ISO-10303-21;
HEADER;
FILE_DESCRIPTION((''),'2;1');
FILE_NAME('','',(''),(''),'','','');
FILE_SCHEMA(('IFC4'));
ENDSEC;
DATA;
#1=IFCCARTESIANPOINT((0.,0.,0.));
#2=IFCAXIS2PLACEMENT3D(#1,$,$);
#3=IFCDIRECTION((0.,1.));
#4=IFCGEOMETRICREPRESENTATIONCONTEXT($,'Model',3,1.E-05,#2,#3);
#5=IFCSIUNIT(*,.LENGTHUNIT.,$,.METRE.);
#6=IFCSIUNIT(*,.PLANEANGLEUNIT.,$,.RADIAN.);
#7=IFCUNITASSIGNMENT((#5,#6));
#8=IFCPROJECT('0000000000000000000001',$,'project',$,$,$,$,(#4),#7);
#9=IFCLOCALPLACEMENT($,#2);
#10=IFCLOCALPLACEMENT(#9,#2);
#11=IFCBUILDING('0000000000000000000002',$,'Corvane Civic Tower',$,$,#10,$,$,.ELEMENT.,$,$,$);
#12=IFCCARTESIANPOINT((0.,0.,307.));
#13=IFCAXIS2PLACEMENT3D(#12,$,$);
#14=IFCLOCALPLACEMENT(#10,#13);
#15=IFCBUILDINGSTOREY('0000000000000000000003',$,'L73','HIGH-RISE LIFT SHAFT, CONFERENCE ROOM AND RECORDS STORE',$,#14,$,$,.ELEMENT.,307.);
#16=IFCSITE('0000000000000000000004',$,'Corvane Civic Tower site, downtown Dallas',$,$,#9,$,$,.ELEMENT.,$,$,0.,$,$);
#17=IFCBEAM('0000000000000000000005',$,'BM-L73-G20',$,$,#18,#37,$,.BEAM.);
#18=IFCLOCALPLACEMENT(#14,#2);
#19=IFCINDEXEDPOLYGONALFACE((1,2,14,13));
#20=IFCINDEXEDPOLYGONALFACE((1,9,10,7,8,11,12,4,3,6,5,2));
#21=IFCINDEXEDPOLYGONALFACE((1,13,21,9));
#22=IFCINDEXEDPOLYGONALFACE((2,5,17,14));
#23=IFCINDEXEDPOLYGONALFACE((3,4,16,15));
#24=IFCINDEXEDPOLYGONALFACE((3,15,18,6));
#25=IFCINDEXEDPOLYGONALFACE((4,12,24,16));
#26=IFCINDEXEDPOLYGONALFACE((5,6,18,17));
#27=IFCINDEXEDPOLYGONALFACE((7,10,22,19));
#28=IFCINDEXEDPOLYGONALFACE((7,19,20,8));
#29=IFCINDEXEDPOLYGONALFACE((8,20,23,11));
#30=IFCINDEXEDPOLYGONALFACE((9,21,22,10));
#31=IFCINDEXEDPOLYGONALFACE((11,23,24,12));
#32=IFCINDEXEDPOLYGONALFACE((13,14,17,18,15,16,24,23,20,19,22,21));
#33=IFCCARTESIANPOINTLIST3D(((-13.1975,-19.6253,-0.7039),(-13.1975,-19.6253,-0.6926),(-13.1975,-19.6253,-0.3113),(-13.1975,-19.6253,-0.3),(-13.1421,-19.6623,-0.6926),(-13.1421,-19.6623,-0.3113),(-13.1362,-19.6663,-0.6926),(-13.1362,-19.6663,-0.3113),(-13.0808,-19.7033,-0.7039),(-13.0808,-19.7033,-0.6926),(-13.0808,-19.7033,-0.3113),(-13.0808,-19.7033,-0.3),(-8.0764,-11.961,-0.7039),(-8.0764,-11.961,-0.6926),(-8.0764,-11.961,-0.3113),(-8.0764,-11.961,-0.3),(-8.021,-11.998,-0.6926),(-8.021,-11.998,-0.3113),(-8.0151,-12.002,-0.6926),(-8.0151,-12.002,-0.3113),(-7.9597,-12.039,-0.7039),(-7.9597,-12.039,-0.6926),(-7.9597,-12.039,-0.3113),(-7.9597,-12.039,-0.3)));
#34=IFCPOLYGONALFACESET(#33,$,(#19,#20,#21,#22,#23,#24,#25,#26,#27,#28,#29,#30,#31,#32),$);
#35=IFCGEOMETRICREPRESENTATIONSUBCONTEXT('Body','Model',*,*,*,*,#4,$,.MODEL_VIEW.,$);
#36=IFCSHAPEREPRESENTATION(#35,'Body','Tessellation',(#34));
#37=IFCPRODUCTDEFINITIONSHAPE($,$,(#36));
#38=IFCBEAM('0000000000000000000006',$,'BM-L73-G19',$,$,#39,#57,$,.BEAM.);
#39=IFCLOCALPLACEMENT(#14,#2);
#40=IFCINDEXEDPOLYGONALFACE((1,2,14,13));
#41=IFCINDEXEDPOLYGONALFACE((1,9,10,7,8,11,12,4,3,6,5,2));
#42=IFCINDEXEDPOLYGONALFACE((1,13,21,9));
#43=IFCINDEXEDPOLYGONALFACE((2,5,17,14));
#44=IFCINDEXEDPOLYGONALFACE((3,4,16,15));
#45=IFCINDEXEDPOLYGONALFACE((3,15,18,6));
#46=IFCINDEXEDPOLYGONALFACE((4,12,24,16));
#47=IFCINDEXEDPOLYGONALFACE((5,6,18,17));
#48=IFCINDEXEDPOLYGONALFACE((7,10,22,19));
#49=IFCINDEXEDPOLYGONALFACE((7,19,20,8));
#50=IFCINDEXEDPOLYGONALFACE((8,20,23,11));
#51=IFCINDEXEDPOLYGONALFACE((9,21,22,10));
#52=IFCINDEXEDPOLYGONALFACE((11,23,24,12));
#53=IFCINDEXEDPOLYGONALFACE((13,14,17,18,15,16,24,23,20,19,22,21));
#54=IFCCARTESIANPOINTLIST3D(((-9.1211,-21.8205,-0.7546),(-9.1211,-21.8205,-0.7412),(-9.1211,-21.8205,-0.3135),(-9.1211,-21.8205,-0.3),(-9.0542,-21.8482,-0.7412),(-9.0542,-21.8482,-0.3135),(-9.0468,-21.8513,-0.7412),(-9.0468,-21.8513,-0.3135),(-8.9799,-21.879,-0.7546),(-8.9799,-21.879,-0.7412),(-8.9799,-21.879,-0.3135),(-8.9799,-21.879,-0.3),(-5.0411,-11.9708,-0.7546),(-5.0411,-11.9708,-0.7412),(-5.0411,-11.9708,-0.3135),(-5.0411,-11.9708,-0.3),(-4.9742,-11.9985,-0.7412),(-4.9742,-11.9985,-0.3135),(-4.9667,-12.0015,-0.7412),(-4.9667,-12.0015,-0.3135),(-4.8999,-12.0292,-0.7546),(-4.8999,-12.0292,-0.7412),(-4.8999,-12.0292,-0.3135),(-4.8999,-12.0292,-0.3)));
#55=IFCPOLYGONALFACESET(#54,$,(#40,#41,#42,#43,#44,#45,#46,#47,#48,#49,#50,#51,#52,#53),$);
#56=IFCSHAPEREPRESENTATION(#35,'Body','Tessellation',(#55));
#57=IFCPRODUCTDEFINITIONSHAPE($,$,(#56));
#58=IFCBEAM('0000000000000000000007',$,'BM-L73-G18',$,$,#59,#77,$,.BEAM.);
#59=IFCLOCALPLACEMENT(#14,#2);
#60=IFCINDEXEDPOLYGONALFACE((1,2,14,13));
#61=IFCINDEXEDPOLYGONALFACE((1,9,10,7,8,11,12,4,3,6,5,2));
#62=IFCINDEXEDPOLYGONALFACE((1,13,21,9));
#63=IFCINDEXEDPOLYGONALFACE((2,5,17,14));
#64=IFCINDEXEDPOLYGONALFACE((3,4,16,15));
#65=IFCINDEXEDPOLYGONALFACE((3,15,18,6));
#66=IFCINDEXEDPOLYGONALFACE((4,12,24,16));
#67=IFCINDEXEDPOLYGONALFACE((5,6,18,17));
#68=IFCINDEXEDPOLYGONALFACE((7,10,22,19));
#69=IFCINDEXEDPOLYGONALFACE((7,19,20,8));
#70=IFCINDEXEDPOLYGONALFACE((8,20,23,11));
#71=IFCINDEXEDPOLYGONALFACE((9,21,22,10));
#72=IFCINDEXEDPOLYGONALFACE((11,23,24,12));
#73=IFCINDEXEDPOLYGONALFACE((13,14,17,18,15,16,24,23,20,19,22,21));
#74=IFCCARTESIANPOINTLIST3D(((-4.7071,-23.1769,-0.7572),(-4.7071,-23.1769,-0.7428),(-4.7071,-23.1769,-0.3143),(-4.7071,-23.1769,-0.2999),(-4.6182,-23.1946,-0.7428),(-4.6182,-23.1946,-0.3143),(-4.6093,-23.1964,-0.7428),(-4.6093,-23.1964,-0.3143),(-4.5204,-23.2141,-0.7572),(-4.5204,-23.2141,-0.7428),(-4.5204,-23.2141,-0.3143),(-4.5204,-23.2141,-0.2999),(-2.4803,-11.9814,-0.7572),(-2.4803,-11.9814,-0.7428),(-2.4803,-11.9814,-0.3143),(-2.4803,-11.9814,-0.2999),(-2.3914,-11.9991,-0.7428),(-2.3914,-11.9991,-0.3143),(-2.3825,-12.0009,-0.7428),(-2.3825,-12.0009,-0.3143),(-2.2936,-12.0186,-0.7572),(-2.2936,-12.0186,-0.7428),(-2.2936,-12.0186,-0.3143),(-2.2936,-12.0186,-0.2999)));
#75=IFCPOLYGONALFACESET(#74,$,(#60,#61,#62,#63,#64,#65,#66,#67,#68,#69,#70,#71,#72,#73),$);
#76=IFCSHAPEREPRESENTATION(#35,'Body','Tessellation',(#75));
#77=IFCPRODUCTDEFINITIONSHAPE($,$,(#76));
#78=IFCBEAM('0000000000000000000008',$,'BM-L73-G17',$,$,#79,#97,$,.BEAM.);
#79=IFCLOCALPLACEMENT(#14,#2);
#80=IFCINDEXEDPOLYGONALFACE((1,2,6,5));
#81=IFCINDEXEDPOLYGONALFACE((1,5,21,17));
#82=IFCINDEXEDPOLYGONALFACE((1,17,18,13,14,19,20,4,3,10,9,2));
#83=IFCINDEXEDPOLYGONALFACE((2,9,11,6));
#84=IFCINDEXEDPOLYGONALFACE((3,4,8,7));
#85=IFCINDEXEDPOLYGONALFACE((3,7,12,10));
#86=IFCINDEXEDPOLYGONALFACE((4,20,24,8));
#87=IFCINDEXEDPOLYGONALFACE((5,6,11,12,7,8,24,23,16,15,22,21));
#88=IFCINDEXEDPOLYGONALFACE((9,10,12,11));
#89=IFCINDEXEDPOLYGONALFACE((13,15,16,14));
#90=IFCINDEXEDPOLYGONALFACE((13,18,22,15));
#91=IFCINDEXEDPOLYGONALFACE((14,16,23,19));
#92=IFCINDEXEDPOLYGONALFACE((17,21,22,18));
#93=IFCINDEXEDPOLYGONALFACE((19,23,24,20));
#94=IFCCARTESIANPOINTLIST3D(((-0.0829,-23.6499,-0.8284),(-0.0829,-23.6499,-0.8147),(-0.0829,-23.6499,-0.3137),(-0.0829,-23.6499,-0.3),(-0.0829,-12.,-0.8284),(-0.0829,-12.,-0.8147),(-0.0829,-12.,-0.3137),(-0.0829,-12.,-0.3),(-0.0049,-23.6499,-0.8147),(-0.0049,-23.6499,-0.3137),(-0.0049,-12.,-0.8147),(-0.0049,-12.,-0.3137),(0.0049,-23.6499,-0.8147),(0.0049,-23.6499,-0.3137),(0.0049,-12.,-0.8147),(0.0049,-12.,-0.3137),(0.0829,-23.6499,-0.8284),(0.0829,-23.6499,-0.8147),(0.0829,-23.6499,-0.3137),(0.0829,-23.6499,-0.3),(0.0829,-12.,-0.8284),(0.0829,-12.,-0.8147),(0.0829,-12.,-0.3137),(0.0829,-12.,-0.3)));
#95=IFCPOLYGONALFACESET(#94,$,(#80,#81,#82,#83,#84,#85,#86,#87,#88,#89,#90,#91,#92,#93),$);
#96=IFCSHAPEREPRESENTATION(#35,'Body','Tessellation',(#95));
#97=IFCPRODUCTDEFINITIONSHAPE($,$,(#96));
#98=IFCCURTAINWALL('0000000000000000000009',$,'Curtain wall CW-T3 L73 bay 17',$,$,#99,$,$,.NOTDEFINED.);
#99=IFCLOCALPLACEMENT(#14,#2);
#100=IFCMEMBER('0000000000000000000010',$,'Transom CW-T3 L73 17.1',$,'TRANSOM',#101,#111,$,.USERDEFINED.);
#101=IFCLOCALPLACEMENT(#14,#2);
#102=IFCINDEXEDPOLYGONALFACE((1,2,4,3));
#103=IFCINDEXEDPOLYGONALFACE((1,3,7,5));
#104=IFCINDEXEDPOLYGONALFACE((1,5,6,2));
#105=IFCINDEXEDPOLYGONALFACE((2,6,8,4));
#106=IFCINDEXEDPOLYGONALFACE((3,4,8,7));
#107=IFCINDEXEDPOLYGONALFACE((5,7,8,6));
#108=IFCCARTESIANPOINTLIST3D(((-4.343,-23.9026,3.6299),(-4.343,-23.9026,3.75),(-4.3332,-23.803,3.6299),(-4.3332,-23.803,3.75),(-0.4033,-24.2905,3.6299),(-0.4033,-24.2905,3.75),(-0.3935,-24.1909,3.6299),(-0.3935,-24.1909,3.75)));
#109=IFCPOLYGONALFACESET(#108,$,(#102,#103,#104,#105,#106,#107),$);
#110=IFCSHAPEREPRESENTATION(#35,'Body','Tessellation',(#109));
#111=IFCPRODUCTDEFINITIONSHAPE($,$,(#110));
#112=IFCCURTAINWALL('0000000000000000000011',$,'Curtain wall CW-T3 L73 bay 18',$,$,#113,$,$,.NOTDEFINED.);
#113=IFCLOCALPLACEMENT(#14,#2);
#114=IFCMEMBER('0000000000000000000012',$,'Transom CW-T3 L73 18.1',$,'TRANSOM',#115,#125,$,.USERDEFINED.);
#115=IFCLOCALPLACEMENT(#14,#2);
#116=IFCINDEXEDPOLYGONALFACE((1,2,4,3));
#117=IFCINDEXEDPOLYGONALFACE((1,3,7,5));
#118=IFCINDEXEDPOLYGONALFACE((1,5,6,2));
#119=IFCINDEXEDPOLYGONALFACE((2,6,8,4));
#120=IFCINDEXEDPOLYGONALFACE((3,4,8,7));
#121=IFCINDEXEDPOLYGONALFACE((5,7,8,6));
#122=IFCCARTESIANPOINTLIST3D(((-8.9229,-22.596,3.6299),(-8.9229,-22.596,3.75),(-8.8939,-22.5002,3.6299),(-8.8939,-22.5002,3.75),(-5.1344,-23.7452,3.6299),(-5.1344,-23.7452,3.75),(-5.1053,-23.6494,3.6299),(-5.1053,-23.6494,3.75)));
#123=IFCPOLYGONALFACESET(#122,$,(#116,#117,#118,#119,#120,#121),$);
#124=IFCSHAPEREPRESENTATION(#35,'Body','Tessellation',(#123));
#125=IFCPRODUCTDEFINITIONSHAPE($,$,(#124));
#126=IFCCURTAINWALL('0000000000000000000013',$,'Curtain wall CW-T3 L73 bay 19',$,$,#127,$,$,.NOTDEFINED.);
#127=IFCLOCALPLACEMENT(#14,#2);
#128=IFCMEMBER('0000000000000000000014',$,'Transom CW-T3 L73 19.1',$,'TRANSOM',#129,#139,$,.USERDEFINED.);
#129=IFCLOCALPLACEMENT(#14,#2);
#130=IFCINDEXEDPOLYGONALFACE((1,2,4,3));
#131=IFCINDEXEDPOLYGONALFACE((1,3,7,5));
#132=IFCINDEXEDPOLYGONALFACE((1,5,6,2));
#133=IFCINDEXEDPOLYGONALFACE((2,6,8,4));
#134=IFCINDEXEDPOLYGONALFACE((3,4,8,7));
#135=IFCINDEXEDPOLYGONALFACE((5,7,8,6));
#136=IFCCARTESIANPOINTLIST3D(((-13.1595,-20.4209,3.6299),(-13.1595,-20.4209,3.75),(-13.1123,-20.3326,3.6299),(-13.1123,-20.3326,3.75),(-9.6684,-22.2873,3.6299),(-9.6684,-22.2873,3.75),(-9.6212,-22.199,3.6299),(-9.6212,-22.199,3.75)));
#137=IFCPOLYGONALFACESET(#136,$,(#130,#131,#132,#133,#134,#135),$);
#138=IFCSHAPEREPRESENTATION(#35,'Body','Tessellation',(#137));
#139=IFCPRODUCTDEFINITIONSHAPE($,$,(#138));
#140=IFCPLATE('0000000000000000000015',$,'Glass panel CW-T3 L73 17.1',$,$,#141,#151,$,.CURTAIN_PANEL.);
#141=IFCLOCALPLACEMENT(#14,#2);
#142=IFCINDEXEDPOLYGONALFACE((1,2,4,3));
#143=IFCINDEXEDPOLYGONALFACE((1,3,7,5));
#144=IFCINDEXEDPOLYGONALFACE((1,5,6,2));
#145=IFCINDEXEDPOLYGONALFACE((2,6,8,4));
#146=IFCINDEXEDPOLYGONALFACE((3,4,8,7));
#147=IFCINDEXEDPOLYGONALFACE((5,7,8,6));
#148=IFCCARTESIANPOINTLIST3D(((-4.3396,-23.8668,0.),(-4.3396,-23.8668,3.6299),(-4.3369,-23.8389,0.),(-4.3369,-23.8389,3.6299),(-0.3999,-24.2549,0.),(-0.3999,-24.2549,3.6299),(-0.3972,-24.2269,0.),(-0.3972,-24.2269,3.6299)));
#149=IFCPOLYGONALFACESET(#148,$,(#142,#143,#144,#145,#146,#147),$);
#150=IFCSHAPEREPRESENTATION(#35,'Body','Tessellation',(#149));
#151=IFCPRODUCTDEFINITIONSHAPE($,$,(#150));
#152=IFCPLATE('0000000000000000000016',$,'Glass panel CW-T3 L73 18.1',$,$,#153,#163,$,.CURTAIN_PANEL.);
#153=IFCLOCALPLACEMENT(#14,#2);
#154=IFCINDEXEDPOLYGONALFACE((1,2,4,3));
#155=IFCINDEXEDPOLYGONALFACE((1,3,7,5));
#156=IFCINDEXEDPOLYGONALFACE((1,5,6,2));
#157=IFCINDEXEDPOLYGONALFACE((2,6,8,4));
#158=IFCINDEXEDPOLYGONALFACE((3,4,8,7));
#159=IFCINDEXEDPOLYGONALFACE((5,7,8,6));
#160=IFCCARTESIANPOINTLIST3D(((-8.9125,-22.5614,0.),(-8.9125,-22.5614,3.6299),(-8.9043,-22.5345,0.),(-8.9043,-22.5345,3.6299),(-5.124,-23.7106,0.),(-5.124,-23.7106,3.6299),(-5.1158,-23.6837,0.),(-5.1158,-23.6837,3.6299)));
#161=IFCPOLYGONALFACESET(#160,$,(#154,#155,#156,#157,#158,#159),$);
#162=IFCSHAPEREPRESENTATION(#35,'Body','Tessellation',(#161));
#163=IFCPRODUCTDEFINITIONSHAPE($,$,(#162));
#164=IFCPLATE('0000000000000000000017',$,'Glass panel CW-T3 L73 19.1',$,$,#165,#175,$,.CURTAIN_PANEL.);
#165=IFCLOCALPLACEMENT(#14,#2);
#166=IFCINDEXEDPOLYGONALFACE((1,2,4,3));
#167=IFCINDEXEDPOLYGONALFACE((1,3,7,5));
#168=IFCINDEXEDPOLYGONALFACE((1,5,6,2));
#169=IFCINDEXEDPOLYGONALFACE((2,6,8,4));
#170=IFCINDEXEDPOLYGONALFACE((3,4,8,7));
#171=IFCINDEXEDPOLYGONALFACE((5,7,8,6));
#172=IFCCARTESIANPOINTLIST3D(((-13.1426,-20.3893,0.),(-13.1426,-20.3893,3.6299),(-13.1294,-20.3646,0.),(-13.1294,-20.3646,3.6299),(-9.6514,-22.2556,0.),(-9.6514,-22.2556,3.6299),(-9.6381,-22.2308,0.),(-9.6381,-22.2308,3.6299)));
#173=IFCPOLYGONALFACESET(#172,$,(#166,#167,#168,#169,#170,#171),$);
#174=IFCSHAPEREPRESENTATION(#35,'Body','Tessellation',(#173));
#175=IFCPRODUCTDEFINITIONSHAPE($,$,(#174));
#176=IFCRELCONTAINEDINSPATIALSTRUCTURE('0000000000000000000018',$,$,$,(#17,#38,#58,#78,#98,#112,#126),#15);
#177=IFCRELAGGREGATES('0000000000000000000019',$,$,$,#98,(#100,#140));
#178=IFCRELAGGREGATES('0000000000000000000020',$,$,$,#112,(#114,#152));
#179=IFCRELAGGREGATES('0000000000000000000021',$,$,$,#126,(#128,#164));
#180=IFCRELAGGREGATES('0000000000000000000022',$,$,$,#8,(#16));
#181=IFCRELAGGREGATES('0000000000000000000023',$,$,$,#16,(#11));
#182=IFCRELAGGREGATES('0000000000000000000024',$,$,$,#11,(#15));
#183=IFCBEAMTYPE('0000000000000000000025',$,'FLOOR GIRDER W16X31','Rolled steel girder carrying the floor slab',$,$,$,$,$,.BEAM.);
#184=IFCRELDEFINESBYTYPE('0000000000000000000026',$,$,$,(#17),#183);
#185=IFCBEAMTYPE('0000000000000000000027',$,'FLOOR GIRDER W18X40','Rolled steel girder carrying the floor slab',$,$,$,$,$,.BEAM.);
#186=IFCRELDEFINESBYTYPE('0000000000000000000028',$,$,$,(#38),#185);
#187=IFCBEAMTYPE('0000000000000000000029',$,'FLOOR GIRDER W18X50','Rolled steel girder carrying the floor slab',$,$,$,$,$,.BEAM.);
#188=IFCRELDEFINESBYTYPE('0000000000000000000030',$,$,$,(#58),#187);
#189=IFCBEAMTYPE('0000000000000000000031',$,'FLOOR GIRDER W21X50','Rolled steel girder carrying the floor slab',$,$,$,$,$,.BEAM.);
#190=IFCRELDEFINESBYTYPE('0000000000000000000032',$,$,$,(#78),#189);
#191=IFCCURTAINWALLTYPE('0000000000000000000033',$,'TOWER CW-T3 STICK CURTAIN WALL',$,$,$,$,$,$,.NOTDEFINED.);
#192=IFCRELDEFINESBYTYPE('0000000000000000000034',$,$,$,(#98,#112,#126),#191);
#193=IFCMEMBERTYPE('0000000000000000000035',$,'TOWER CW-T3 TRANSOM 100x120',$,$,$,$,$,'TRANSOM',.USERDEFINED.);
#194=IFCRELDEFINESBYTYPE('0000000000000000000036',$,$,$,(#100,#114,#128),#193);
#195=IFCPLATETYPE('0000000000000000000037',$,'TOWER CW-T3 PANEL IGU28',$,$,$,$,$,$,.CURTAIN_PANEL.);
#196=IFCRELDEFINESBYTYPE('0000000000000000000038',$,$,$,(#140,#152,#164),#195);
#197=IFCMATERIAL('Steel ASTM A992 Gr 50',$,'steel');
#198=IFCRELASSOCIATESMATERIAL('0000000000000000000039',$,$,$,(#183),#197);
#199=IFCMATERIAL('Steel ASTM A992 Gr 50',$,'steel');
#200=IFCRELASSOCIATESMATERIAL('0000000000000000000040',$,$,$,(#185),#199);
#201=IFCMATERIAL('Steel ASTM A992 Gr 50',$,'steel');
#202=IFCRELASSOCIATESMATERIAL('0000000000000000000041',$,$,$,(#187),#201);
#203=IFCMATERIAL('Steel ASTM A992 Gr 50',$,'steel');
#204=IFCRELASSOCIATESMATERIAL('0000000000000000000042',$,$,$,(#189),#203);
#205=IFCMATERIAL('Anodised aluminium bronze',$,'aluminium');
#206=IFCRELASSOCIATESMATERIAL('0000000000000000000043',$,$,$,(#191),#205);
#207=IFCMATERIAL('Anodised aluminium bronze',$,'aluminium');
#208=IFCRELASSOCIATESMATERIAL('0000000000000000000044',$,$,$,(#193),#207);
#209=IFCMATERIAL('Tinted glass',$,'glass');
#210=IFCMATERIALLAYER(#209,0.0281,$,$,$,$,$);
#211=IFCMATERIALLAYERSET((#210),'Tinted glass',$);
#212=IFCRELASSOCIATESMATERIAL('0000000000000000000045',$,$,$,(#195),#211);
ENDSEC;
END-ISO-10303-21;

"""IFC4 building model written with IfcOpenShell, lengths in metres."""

from ifc_helpers import new_model, si_unit, direction, frame, origin, origin_2d, place, context, subcontext, project, spatial, rectangle, i_section, extrude, material, layer, layer_set, material_profile, profile_set, type_object, element, aggregate, save


model = new_model("IFC4")

# Units and contexts
model_context = context("Model", 3, precision=1e-05, world=origin(), true_north=direction((0.0, 1.0)))
body_context = subcontext(model_context, "Body", "Model", "MODEL_VIEW")
ifc_project = project(units=[si_unit("LENGTHUNIT", "METRE"), si_unit("PLANEANGLEUNIT", "RADIAN")], contexts=[model_context])

# Site, building, storey
site_placement = place(None, origin())
site = spatial("IfcSite", under=ifc_project, at=site_placement, Name="Corvane Civic Tower site, downtown Dallas", CompositionType="ELEMENT", RefElevation=0.0)
building_placement = place(site_placement, origin())
building = spatial("IfcBuilding", under=site, at=building_placement, Name="Corvane Civic Tower", CompositionType="ELEMENT")
storey_placement = place(building_placement, frame((0.0, 0.0, 307.0)))
storey = spatial("IfcBuildingStorey", under=building, at=storey_placement, Name="L73", Description="HIGH-RISE LIFT SHAFT, CONFERENCE ROOM AND RECORDS STORE", CompositionType="ELEMENT", Elevation=307.0)

# Beams
ifc_material_1 = material(Name="Steel ASTM A992 Gr 50", Category="steel")
ifc_material_profile_1 = material_profile(ifc_material_1, i_section(OverallWidth=0.1404, OverallDepth=0.4038, WebThickness=0.0071, FlangeThickness=0.0112, at=origin_2d()), Name="W16X31")
ifc_profile_set_1 = profile_set([ifc_material_profile_1], Name="Steel ASTM A992 Gr 50")
beam_type_1 = type_object("IfcBeamType", Name="FLOOR GIRDER W16X31", Description="Rolled steel girder carrying the floor slab", PredefinedType="BEAM", material=ifc_profile_set_1)
beam_1_placement = place(storey_placement, frame((-8.0181, -12.0, -0.502), z_axis=(-0.555568, -0.831471, 0.0), x_axis=(0.831471, -0.555568, 0.0)))
element("IfcBeam", 1, at=beam_1_placement, inside=storey, type_object=beam_type_1, Name="BM-L73-G20", PredefinedType="BEAM", context=body_context, shape_type="SweptSolid", body=[
    extrude(i_section(OverallWidth=0.1404, OverallDepth=0.4038, WebThickness=0.0071, FlangeThickness=0.0112, at=origin_2d()), origin(), (0.0, 0.0, 1.0), 9.2178),
])
ifc_material_2 = material(Name="Steel ASTM A992 Gr 50", Category="steel")
ifc_material_profile_2 = material_profile(ifc_material_2, i_section(OverallWidth=0.1528, OverallDepth=0.4546, WebThickness=0.0081, FlangeThickness=0.0134, at=origin_2d()), Name="W18X40")
ifc_profile_set_2 = profile_set([ifc_material_profile_2], Name="Steel ASTM A992 Gr 50")
beam_type_2 = type_object("IfcBeamType", Name="FLOOR GIRDER W18X40", Description="Rolled steel girder carrying the floor slab", PredefinedType="BEAM", material=ifc_profile_set_2)
beam_2_placement = place(storey_placement, frame((-4.9705, -12.0, -0.5273), z_axis=(-0.382694, -0.923875, 0.0), x_axis=(0.923875, -0.382694, 0.0)))
element("IfcBeam", 2, at=beam_2_placement, inside=storey, type_object=beam_type_2, Name="BM-L73-G19", PredefinedType="BEAM", context=body_context, shape_type="SweptSolid", body=[
    extrude(i_section(OverallWidth=0.1528, OverallDepth=0.4546, WebThickness=0.0081, FlangeThickness=0.0134, at=origin_2d()), origin(), (0.0, 0.0, 1.0), 10.6614),
])
ifc_material_3 = material(Name="Steel ASTM A992 Gr 50", Category="steel")
ifc_material_profile_3 = material_profile(ifc_material_3, i_section(OverallWidth=0.1904, OverallDepth=0.4573, WebThickness=0.009, FlangeThickness=0.0144, at=origin_2d()), Name="W18X50")
ifc_profile_set_3 = profile_set([ifc_material_profile_3], Name="Steel ASTM A992 Gr 50")
beam_type_3 = type_object("IfcBeamType", Name="FLOOR GIRDER W18X50", Description="Rolled steel girder carrying the floor slab", PredefinedType="BEAM", material=ifc_profile_set_3)
beam_3_placement = place(storey_placement, frame((-2.387, -12.0, -0.5286), z_axis=(-0.19508, -0.980787, 0.0), x_axis=(0.980787, -0.19508, 0.0)))
element("IfcBeam", 3, at=beam_3_placement, inside=storey, type_object=beam_type_3, Name="BM-L73-G18", PredefinedType="BEAM", context=body_context, shape_type="SweptSolid", body=[
    extrude(i_section(OverallWidth=0.1904, OverallDepth=0.4573, WebThickness=0.009, FlangeThickness=0.0144, at=origin_2d()), origin(), (0.0, 0.0, 1.0), 11.4148),
])
ifc_material_4 = material(Name="Steel ASTM A992 Gr 50", Category="steel")
ifc_material_profile_4 = material_profile(ifc_material_4, i_section(OverallWidth=0.1658, OverallDepth=0.5283, WebThickness=0.0098, FlangeThickness=0.0137, at=origin_2d()), Name="W21X50")
ifc_profile_set_4 = profile_set([ifc_material_profile_4], Name="Steel ASTM A992 Gr 50")
beam_type_4 = type_object("IfcBeamType", Name="FLOOR GIRDER W21X50", Description="Rolled steel girder carrying the floor slab", PredefinedType="BEAM", material=ifc_profile_set_4)
beam_4_placement = place(storey_placement, frame((0.0, -12.0, -0.5642), z_axis=(0.0, -1.0, 0.0), x_axis=(1.0, 0.0, 0.0)))
element("IfcBeam", 4, at=beam_4_placement, inside=storey, type_object=beam_type_4, Name="BM-L73-G17", PredefinedType="BEAM", context=body_context, shape_type="SweptSolid", body=[
    extrude(i_section(OverallWidth=0.1658, OverallDepth=0.5283, WebThickness=0.0098, FlangeThickness=0.0137, at=origin_2d()), origin(), (0.0, 0.0, 1.0), 11.6499),
])

# Curtain walls, members
ifc_material_5 = material(Name="Anodised aluminium bronze", Category="aluminium")
curtain_wall_type = type_object("IfcCurtainWallType", Name="TOWER CW-T3 STICK CURTAIN WALL", PredefinedType="NOTDEFINED", material=ifc_material_5)
curtain_wall_1_placement = place(storey_placement, origin())
curtain_wall_1 = element("IfcCurtainWall", 5, at=curtain_wall_1_placement, inside=storey, type_object=curtain_wall_type, Name="Curtain wall CW-T3 L73 bay 17", PredefinedType="NOTDEFINED")
ifc_material_6 = material(Name="Anodised aluminium bronze", Category="aluminium")
ifc_material_profile_5 = material_profile(ifc_material_6, rectangle(XDim=0.1001, YDim=0.1201, at=origin_2d()), Name="TOWER CW-T3 TRANSOM 100x120")
ifc_profile_set_5 = profile_set([ifc_material_profile_5], Name="Anodised aluminium bronze")
member_type = type_object("IfcMemberType", Name="TOWER CW-T3 TRANSOM 100x120", ElementType="TRANSOM", PredefinedType="USERDEFINED", material=ifc_profile_set_5)
member_1_placement = place(storey_placement, frame((-0.3984, -24.2407, 3.6899), z_axis=(-0.995187, 0.097995, 0.0), x_axis=(-0.097995, -0.995187, 0.0)))
member_1 = element("IfcMember", 6, at=member_1_placement, type_object=member_type, Name="Transom CW-T3 L73 17.1", ObjectType="TRANSOM", PredefinedType="USERDEFINED", context=body_context, shape_type="SweptSolid", body=[
    extrude(rectangle(XDim=0.1001, YDim=0.1201, at=origin_2d()), origin(), (0.0, 0.0, 1.0), 3.9587),
])
curtain_wall_2_placement = place(storey_placement, origin())
curtain_wall_2 = element("IfcCurtainWall", 7, at=curtain_wall_2_placement, inside=storey, type_object=curtain_wall_type, Name="Curtain wall CW-T3 L73 bay 18", PredefinedType="NOTDEFINED")
member_2_placement = place(storey_placement, frame((-5.1199, -23.6973, 3.6899), z_axis=(-0.956946, 0.290266, 0.0), x_axis=(-0.290266, -0.956946, 0.0)))
member_2 = element("IfcMember", 8, at=member_2_placement, type_object=member_type, Name="Transom CW-T3 L73 18.1", ObjectType="TRANSOM", PredefinedType="USERDEFINED", context=body_context, shape_type="SweptSolid", body=[
    extrude(rectangle(XDim=0.1001, YDim=0.1201, at=origin_2d()), origin(), (0.0, 0.0, 1.0), 3.959),
])
curtain_wall_3_placement = place(storey_placement, origin())
curtain_wall_3 = element("IfcCurtainWall", 9, at=curtain_wall_3_placement, inside=storey, type_object=curtain_wall_type, Name="Curtain wall CW-T3 L73 bay 19", PredefinedType="NOTDEFINED")
member_3_placement = place(storey_placement, frame((-9.6448, -22.2432, 3.6899), z_axis=(-0.881883, 0.471468, 0.0), x_axis=(-0.471468, -0.881883, 0.0)))
member_3 = element("IfcMember", 10, at=member_3_placement, type_object=member_type, Name="Transom CW-T3 L73 19.1", ObjectType="TRANSOM", PredefinedType="USERDEFINED", context=body_context, shape_type="SweptSolid", body=[
    extrude(rectangle(XDim=0.1001, YDim=0.1201, at=origin_2d()), origin(), (0.0, 0.0, 1.0), 3.9587),
])

# Plates
ifc_material_7 = material(Name="Tinted glass", Category="glass")
ifc_layer_1 = layer(ifc_material_7, 0.0281)
ifc_layer_set_1 = layer_set([ifc_layer_1], Name="Tinted glass")
plate_type = type_object("IfcPlateType", Name="TOWER CW-T3 PANEL IGU28", PredefinedType="CURTAIN_PANEL", material=ifc_layer_set_1)
plate_1_placement = place(storey_placement, frame((-2.3684, -24.0469, 0.0), z_axis=(0.0, 0.0, 1.0), x_axis=(-0.995184, 0.098021, 0.0)))
plate_1 = element("IfcPlate", 11, at=plate_1_placement, type_object=plate_type, Name="Glass panel CW-T3 L73 17.1", PredefinedType="CURTAIN_PANEL", context=body_context, shape_type="SweptSolid", body=[
    extrude(rectangle(XDim=3.9587, YDim=0.0281, at=origin_2d()), origin(), (0.0, 0.0, 1.0), 3.6299),
])
aggregate(curtain_wall_1, [member_1, plate_1])
plate_2_placement = place(storey_placement, frame((-7.0142, -23.1226, 0.0), z_axis=(0.0, 0.0, 1.0), x_axis=(-0.956944, 0.290274, 0.0)))
plate_2 = element("IfcPlate", 12, at=plate_2_placement, type_object=plate_type, Name="Glass panel CW-T3 L73 18.1", PredefinedType="CURTAIN_PANEL", context=body_context, shape_type="SweptSolid", body=[
    extrude(rectangle(XDim=3.959, YDim=0.0281, at=origin_2d()), origin(), (0.0, 0.0, 1.0), 3.6299),
])
aggregate(curtain_wall_2, [member_2, plate_2])
plate_3_placement = place(storey_placement, frame((-11.3904, -21.3101, 0.0), z_axis=(0.0, 0.0, 1.0), x_axis=(-0.881908, 0.471421, 0.0)))
plate_3 = element("IfcPlate", 13, at=plate_3_placement, type_object=plate_type, Name="Glass panel CW-T3 L73 19.1", PredefinedType="CURTAIN_PANEL", context=body_context, shape_type="SweptSolid", body=[
    extrude(rectangle(XDim=3.9587, YDim=0.0281, at=origin_2d()), origin(), (0.0, 0.0, 1.0), 3.6299),
])
aggregate(curtain_wall_3, [member_3, plate_3])

save(model, "model.ifc")
